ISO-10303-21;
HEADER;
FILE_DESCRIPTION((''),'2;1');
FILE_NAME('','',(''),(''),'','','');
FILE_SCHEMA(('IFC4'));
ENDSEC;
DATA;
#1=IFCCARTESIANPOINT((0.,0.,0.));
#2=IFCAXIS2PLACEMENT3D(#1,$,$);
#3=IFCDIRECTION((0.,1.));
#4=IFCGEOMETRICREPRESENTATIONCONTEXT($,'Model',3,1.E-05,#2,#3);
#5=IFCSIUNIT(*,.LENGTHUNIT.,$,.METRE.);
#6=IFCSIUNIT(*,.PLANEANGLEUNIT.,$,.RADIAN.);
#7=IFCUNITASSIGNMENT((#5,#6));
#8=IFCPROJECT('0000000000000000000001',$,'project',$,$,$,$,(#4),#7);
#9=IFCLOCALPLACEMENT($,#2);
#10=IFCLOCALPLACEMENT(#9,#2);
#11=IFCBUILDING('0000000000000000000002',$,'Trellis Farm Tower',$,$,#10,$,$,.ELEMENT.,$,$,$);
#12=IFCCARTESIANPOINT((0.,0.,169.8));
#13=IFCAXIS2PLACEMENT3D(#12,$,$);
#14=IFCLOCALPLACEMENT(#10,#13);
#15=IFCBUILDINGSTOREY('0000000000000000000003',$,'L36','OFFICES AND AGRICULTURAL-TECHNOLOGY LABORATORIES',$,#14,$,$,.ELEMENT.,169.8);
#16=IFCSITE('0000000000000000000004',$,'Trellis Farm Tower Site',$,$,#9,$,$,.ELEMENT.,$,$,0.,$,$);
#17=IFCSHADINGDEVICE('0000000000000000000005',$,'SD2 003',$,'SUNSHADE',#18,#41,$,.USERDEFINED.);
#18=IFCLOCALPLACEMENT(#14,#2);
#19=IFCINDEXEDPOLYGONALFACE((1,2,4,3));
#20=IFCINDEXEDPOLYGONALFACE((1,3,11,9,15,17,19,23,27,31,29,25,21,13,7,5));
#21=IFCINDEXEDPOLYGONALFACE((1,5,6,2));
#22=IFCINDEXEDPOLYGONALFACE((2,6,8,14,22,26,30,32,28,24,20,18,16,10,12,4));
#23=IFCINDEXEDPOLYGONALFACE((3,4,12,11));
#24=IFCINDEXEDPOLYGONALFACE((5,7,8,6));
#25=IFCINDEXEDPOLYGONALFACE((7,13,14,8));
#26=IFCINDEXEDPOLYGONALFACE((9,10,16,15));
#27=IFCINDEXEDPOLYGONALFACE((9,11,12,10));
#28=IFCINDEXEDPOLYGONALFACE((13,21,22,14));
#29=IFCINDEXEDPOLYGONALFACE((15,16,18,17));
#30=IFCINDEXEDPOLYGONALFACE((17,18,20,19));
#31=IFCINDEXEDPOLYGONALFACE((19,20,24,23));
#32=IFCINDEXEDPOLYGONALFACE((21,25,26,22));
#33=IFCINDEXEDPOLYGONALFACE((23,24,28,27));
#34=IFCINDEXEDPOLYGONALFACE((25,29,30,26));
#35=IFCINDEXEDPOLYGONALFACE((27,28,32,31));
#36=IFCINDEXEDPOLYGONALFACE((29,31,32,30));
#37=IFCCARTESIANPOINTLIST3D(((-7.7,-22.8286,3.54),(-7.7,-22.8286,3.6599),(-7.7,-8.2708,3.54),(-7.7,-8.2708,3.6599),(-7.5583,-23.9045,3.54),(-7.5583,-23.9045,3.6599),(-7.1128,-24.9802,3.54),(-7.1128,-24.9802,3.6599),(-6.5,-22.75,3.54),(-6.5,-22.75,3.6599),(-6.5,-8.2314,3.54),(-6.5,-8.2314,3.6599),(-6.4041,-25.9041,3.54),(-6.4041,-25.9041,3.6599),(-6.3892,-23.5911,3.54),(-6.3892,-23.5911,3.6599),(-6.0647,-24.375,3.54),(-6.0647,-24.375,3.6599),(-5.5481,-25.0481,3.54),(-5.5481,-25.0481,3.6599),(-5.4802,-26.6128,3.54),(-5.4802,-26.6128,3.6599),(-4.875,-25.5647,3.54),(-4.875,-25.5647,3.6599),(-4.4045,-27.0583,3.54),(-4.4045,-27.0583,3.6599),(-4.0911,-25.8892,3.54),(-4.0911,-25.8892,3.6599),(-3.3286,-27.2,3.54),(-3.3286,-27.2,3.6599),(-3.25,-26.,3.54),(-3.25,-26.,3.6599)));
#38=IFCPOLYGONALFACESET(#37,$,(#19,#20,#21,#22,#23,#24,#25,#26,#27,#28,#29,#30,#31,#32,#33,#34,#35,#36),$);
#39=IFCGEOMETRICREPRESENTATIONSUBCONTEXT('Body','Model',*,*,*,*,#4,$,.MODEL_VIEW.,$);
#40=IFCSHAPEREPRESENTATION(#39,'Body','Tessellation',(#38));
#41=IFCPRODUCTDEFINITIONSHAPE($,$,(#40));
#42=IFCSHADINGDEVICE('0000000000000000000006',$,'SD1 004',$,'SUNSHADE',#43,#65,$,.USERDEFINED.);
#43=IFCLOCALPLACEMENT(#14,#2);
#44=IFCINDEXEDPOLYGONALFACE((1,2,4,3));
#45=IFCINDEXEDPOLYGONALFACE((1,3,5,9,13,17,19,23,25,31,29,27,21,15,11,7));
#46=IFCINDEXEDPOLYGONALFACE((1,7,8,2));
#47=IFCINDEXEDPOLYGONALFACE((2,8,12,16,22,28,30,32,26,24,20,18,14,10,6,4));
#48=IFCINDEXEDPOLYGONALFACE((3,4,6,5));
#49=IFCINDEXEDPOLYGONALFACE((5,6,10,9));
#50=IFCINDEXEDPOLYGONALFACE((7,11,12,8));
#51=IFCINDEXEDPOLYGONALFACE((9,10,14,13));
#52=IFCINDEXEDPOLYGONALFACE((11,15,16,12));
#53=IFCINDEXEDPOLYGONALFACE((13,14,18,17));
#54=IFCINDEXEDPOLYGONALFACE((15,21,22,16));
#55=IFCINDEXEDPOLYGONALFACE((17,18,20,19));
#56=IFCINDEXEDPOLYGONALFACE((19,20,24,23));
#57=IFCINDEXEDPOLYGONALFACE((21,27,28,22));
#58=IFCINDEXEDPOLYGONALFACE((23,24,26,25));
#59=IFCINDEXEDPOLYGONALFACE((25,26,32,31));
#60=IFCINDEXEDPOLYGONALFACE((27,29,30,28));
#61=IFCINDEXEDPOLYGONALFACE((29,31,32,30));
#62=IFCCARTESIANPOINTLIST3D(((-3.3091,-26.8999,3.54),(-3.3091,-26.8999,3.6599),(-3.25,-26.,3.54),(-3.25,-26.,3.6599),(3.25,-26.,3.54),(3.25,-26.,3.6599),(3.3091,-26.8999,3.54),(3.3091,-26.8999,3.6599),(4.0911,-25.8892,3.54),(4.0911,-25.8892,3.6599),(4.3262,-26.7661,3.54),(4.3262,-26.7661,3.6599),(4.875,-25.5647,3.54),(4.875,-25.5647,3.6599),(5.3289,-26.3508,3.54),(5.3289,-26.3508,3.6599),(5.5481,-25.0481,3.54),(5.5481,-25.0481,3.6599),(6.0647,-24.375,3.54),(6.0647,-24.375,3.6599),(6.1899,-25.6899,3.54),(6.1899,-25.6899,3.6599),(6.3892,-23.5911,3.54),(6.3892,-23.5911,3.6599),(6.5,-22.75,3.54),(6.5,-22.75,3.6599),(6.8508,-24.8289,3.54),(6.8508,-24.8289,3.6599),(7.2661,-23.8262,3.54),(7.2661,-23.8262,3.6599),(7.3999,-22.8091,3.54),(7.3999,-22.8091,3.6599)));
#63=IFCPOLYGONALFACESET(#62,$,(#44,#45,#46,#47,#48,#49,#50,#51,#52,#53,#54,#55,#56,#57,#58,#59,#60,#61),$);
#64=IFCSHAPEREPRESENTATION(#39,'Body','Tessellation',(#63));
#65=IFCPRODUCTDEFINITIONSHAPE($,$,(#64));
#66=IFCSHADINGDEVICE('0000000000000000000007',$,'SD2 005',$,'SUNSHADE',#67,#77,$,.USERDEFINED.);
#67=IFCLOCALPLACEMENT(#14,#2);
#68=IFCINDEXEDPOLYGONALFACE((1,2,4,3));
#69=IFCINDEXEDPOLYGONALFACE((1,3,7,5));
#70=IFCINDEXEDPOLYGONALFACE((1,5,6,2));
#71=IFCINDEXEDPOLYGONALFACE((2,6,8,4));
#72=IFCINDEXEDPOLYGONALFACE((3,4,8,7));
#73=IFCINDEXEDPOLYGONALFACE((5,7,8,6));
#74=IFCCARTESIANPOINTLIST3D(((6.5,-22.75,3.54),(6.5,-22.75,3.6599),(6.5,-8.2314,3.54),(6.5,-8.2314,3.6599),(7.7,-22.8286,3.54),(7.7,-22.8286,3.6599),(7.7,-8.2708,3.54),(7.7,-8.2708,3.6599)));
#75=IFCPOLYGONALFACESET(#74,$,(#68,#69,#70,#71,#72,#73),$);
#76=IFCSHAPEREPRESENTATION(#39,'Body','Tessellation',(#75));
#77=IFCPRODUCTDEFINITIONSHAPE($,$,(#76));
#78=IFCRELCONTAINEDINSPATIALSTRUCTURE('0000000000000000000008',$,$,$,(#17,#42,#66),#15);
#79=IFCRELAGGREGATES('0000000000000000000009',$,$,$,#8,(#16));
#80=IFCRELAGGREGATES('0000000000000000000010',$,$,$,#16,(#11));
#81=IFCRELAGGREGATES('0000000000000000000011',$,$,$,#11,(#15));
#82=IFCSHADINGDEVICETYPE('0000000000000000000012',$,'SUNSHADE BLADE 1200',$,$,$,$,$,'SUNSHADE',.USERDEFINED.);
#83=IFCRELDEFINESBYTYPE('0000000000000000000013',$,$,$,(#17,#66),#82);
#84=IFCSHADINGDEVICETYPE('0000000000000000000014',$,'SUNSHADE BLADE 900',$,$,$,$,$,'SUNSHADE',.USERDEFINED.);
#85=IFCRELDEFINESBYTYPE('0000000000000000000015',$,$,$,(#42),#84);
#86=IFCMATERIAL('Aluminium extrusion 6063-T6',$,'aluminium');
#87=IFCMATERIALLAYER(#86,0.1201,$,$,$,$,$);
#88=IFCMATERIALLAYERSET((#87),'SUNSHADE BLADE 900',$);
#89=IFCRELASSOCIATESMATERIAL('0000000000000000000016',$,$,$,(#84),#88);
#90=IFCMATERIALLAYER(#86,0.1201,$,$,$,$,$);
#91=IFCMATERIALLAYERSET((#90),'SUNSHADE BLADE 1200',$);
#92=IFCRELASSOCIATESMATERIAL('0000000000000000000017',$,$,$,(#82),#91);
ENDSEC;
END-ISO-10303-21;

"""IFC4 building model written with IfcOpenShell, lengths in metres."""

from ifc_helpers import new_model, si_unit, direction, frame, origin, place, context, subcontext, project, spatial, polyline, outline, extrude, source, transform, mapped, material, layer, layer_set, type_object, element, save


model = new_model("IFC4")

# Units and contexts
model_context = context("Model", 3, precision=1e-05, world=origin(), true_north=direction((0.0, 1.0)))
body_context = subcontext(model_context, "Body", "Model", "MODEL_VIEW")
ifc_project = project(units=[si_unit("LENGTHUNIT", "METRE"), si_unit("PLANEANGLEUNIT", "RADIAN")], contexts=[model_context])

# Site, building, storey
site_placement = place(None, origin())
site = spatial("IfcSite", under=ifc_project, at=site_placement, Name="Trellis Farm Tower Site", CompositionType="ELEMENT", RefElevation=0.0)
building_placement = place(site_placement, origin())
building = spatial("IfcBuilding", under=site, at=building_placement, Name="Trellis Farm Tower", CompositionType="ELEMENT")
storey_placement = place(building_placement, frame((0.0, 0.0, 169.8)))
storey = spatial("IfcBuildingStorey", under=building, at=storey_placement, Name="L36", Description="OFFICES AND AGRICULTURAL-TECHNOLOGY LABORATORIES", CompositionType="ELEMENT", Elevation=169.8)

# Shared definitions
ifc_material_1 = material(Name="Aluminium extrusion 6063-T6", Category="aluminium")

# Shading devices
ifc_layer_1 = layer(ifc_material_1, 0.1201)
ifc_layer_set_1 = layer_set([ifc_layer_1], Name="SUNSHADE BLADE 900")
shading_device_type_1 = type_object("IfcShadingDeviceType", Name="SUNSHADE BLADE 900", ElementType="SUNSHADE", PredefinedType="USERDEFINED", material=ifc_layer_set_1)
placement_1 = place(storey_placement, frame((0.0, 0.0, 3.54)))
ifc_layer_2 = layer(ifc_material_1, 0.1201)
ifc_layer_set_2 = layer_set([ifc_layer_2], Name="SUNSHADE BLADE 1200")
shading_device_type_2 = type_object("IfcShadingDeviceType", Name="SUNSHADE BLADE 1200", ElementType="SUNSHADE", PredefinedType="USERDEFINED", material=ifc_layer_set_2)
shared_shape_1 = source(origin(), body_context, "Body", "SweptSolid", [
    extrude(outline(polyline([(-7.7, -8.2708), (-7.7, -22.8286), (-7.5583, -23.9045), (-7.1128, -24.9802), (-6.4041, -25.9041), (-5.4802, -26.6128), (-4.4045, -27.0583), (-3.3286, -27.2), (-3.25, -26.0), (-4.0911, -25.8892), (-4.875, -25.5647), (-5.5481, -25.0481), (-6.0647, -24.375), (-6.3892, -23.5911), (-6.5, -22.75), (-6.5, -8.2314), (-7.7, -8.2708)])), origin(), (0.0, 0.0, 1.0), 0.1199),
])
element("IfcShadingDevice", 1, at=placement_1, inside=storey, type_object=shading_device_type_2, Name="SD2 003", ObjectType="SUNSHADE", PredefinedType="USERDEFINED", context=body_context, shape_type="MappedRepresentation", body=[
    mapped(shared_shape_1, transform((0.0, 0.0, 0.0))),
])
shared_shape_2 = source(origin(), body_context, "Body", "SweptSolid", [
    extrude(outline(polyline([(-3.3091, -26.8999), (3.3091, -26.8999), (4.3262, -26.7661), (5.3289, -26.3508), (6.1899, -25.6899), (6.8508, -24.8289), (7.2661, -23.8262), (7.3999, -22.8091), (6.5, -22.75), (6.3892, -23.5911), (6.0647, -24.375), (5.5481, -25.0481), (4.875, -25.5647), (4.0911, -25.8892), (3.25, -26.0), (-3.25, -26.0), (-3.3091, -26.8999)])), origin(), (0.0, 0.0, 1.0), 0.1199),
])
element("IfcShadingDevice", 2, at=placement_1, inside=storey, type_object=shading_device_type_1, Name="SD1 004", ObjectType="SUNSHADE", PredefinedType="USERDEFINED", context=body_context, shape_type="MappedRepresentation", body=[
    mapped(shared_shape_2, transform((0.0, 0.0, 0.0))),
])
shared_shape_3 = source(origin(), body_context, "Body", "SweptSolid", [
    extrude(outline(polyline([(7.7, -22.8286), (7.7, -8.2708), (6.5, -8.2314), (6.5, -22.75), (7.7, -22.8286)])), origin(), (0.0, 0.0, 1.0), 0.1199),
])
element("IfcShadingDevice", 3, at=placement_1, inside=storey, type_object=shading_device_type_2, Name="SD2 005", ObjectType="SUNSHADE", PredefinedType="USERDEFINED", context=body_context, shape_type="MappedRepresentation", body=[
    mapped(shared_shape_3, transform((0.0, 0.0, 0.0))),
])

save(model, "model.ifc")
